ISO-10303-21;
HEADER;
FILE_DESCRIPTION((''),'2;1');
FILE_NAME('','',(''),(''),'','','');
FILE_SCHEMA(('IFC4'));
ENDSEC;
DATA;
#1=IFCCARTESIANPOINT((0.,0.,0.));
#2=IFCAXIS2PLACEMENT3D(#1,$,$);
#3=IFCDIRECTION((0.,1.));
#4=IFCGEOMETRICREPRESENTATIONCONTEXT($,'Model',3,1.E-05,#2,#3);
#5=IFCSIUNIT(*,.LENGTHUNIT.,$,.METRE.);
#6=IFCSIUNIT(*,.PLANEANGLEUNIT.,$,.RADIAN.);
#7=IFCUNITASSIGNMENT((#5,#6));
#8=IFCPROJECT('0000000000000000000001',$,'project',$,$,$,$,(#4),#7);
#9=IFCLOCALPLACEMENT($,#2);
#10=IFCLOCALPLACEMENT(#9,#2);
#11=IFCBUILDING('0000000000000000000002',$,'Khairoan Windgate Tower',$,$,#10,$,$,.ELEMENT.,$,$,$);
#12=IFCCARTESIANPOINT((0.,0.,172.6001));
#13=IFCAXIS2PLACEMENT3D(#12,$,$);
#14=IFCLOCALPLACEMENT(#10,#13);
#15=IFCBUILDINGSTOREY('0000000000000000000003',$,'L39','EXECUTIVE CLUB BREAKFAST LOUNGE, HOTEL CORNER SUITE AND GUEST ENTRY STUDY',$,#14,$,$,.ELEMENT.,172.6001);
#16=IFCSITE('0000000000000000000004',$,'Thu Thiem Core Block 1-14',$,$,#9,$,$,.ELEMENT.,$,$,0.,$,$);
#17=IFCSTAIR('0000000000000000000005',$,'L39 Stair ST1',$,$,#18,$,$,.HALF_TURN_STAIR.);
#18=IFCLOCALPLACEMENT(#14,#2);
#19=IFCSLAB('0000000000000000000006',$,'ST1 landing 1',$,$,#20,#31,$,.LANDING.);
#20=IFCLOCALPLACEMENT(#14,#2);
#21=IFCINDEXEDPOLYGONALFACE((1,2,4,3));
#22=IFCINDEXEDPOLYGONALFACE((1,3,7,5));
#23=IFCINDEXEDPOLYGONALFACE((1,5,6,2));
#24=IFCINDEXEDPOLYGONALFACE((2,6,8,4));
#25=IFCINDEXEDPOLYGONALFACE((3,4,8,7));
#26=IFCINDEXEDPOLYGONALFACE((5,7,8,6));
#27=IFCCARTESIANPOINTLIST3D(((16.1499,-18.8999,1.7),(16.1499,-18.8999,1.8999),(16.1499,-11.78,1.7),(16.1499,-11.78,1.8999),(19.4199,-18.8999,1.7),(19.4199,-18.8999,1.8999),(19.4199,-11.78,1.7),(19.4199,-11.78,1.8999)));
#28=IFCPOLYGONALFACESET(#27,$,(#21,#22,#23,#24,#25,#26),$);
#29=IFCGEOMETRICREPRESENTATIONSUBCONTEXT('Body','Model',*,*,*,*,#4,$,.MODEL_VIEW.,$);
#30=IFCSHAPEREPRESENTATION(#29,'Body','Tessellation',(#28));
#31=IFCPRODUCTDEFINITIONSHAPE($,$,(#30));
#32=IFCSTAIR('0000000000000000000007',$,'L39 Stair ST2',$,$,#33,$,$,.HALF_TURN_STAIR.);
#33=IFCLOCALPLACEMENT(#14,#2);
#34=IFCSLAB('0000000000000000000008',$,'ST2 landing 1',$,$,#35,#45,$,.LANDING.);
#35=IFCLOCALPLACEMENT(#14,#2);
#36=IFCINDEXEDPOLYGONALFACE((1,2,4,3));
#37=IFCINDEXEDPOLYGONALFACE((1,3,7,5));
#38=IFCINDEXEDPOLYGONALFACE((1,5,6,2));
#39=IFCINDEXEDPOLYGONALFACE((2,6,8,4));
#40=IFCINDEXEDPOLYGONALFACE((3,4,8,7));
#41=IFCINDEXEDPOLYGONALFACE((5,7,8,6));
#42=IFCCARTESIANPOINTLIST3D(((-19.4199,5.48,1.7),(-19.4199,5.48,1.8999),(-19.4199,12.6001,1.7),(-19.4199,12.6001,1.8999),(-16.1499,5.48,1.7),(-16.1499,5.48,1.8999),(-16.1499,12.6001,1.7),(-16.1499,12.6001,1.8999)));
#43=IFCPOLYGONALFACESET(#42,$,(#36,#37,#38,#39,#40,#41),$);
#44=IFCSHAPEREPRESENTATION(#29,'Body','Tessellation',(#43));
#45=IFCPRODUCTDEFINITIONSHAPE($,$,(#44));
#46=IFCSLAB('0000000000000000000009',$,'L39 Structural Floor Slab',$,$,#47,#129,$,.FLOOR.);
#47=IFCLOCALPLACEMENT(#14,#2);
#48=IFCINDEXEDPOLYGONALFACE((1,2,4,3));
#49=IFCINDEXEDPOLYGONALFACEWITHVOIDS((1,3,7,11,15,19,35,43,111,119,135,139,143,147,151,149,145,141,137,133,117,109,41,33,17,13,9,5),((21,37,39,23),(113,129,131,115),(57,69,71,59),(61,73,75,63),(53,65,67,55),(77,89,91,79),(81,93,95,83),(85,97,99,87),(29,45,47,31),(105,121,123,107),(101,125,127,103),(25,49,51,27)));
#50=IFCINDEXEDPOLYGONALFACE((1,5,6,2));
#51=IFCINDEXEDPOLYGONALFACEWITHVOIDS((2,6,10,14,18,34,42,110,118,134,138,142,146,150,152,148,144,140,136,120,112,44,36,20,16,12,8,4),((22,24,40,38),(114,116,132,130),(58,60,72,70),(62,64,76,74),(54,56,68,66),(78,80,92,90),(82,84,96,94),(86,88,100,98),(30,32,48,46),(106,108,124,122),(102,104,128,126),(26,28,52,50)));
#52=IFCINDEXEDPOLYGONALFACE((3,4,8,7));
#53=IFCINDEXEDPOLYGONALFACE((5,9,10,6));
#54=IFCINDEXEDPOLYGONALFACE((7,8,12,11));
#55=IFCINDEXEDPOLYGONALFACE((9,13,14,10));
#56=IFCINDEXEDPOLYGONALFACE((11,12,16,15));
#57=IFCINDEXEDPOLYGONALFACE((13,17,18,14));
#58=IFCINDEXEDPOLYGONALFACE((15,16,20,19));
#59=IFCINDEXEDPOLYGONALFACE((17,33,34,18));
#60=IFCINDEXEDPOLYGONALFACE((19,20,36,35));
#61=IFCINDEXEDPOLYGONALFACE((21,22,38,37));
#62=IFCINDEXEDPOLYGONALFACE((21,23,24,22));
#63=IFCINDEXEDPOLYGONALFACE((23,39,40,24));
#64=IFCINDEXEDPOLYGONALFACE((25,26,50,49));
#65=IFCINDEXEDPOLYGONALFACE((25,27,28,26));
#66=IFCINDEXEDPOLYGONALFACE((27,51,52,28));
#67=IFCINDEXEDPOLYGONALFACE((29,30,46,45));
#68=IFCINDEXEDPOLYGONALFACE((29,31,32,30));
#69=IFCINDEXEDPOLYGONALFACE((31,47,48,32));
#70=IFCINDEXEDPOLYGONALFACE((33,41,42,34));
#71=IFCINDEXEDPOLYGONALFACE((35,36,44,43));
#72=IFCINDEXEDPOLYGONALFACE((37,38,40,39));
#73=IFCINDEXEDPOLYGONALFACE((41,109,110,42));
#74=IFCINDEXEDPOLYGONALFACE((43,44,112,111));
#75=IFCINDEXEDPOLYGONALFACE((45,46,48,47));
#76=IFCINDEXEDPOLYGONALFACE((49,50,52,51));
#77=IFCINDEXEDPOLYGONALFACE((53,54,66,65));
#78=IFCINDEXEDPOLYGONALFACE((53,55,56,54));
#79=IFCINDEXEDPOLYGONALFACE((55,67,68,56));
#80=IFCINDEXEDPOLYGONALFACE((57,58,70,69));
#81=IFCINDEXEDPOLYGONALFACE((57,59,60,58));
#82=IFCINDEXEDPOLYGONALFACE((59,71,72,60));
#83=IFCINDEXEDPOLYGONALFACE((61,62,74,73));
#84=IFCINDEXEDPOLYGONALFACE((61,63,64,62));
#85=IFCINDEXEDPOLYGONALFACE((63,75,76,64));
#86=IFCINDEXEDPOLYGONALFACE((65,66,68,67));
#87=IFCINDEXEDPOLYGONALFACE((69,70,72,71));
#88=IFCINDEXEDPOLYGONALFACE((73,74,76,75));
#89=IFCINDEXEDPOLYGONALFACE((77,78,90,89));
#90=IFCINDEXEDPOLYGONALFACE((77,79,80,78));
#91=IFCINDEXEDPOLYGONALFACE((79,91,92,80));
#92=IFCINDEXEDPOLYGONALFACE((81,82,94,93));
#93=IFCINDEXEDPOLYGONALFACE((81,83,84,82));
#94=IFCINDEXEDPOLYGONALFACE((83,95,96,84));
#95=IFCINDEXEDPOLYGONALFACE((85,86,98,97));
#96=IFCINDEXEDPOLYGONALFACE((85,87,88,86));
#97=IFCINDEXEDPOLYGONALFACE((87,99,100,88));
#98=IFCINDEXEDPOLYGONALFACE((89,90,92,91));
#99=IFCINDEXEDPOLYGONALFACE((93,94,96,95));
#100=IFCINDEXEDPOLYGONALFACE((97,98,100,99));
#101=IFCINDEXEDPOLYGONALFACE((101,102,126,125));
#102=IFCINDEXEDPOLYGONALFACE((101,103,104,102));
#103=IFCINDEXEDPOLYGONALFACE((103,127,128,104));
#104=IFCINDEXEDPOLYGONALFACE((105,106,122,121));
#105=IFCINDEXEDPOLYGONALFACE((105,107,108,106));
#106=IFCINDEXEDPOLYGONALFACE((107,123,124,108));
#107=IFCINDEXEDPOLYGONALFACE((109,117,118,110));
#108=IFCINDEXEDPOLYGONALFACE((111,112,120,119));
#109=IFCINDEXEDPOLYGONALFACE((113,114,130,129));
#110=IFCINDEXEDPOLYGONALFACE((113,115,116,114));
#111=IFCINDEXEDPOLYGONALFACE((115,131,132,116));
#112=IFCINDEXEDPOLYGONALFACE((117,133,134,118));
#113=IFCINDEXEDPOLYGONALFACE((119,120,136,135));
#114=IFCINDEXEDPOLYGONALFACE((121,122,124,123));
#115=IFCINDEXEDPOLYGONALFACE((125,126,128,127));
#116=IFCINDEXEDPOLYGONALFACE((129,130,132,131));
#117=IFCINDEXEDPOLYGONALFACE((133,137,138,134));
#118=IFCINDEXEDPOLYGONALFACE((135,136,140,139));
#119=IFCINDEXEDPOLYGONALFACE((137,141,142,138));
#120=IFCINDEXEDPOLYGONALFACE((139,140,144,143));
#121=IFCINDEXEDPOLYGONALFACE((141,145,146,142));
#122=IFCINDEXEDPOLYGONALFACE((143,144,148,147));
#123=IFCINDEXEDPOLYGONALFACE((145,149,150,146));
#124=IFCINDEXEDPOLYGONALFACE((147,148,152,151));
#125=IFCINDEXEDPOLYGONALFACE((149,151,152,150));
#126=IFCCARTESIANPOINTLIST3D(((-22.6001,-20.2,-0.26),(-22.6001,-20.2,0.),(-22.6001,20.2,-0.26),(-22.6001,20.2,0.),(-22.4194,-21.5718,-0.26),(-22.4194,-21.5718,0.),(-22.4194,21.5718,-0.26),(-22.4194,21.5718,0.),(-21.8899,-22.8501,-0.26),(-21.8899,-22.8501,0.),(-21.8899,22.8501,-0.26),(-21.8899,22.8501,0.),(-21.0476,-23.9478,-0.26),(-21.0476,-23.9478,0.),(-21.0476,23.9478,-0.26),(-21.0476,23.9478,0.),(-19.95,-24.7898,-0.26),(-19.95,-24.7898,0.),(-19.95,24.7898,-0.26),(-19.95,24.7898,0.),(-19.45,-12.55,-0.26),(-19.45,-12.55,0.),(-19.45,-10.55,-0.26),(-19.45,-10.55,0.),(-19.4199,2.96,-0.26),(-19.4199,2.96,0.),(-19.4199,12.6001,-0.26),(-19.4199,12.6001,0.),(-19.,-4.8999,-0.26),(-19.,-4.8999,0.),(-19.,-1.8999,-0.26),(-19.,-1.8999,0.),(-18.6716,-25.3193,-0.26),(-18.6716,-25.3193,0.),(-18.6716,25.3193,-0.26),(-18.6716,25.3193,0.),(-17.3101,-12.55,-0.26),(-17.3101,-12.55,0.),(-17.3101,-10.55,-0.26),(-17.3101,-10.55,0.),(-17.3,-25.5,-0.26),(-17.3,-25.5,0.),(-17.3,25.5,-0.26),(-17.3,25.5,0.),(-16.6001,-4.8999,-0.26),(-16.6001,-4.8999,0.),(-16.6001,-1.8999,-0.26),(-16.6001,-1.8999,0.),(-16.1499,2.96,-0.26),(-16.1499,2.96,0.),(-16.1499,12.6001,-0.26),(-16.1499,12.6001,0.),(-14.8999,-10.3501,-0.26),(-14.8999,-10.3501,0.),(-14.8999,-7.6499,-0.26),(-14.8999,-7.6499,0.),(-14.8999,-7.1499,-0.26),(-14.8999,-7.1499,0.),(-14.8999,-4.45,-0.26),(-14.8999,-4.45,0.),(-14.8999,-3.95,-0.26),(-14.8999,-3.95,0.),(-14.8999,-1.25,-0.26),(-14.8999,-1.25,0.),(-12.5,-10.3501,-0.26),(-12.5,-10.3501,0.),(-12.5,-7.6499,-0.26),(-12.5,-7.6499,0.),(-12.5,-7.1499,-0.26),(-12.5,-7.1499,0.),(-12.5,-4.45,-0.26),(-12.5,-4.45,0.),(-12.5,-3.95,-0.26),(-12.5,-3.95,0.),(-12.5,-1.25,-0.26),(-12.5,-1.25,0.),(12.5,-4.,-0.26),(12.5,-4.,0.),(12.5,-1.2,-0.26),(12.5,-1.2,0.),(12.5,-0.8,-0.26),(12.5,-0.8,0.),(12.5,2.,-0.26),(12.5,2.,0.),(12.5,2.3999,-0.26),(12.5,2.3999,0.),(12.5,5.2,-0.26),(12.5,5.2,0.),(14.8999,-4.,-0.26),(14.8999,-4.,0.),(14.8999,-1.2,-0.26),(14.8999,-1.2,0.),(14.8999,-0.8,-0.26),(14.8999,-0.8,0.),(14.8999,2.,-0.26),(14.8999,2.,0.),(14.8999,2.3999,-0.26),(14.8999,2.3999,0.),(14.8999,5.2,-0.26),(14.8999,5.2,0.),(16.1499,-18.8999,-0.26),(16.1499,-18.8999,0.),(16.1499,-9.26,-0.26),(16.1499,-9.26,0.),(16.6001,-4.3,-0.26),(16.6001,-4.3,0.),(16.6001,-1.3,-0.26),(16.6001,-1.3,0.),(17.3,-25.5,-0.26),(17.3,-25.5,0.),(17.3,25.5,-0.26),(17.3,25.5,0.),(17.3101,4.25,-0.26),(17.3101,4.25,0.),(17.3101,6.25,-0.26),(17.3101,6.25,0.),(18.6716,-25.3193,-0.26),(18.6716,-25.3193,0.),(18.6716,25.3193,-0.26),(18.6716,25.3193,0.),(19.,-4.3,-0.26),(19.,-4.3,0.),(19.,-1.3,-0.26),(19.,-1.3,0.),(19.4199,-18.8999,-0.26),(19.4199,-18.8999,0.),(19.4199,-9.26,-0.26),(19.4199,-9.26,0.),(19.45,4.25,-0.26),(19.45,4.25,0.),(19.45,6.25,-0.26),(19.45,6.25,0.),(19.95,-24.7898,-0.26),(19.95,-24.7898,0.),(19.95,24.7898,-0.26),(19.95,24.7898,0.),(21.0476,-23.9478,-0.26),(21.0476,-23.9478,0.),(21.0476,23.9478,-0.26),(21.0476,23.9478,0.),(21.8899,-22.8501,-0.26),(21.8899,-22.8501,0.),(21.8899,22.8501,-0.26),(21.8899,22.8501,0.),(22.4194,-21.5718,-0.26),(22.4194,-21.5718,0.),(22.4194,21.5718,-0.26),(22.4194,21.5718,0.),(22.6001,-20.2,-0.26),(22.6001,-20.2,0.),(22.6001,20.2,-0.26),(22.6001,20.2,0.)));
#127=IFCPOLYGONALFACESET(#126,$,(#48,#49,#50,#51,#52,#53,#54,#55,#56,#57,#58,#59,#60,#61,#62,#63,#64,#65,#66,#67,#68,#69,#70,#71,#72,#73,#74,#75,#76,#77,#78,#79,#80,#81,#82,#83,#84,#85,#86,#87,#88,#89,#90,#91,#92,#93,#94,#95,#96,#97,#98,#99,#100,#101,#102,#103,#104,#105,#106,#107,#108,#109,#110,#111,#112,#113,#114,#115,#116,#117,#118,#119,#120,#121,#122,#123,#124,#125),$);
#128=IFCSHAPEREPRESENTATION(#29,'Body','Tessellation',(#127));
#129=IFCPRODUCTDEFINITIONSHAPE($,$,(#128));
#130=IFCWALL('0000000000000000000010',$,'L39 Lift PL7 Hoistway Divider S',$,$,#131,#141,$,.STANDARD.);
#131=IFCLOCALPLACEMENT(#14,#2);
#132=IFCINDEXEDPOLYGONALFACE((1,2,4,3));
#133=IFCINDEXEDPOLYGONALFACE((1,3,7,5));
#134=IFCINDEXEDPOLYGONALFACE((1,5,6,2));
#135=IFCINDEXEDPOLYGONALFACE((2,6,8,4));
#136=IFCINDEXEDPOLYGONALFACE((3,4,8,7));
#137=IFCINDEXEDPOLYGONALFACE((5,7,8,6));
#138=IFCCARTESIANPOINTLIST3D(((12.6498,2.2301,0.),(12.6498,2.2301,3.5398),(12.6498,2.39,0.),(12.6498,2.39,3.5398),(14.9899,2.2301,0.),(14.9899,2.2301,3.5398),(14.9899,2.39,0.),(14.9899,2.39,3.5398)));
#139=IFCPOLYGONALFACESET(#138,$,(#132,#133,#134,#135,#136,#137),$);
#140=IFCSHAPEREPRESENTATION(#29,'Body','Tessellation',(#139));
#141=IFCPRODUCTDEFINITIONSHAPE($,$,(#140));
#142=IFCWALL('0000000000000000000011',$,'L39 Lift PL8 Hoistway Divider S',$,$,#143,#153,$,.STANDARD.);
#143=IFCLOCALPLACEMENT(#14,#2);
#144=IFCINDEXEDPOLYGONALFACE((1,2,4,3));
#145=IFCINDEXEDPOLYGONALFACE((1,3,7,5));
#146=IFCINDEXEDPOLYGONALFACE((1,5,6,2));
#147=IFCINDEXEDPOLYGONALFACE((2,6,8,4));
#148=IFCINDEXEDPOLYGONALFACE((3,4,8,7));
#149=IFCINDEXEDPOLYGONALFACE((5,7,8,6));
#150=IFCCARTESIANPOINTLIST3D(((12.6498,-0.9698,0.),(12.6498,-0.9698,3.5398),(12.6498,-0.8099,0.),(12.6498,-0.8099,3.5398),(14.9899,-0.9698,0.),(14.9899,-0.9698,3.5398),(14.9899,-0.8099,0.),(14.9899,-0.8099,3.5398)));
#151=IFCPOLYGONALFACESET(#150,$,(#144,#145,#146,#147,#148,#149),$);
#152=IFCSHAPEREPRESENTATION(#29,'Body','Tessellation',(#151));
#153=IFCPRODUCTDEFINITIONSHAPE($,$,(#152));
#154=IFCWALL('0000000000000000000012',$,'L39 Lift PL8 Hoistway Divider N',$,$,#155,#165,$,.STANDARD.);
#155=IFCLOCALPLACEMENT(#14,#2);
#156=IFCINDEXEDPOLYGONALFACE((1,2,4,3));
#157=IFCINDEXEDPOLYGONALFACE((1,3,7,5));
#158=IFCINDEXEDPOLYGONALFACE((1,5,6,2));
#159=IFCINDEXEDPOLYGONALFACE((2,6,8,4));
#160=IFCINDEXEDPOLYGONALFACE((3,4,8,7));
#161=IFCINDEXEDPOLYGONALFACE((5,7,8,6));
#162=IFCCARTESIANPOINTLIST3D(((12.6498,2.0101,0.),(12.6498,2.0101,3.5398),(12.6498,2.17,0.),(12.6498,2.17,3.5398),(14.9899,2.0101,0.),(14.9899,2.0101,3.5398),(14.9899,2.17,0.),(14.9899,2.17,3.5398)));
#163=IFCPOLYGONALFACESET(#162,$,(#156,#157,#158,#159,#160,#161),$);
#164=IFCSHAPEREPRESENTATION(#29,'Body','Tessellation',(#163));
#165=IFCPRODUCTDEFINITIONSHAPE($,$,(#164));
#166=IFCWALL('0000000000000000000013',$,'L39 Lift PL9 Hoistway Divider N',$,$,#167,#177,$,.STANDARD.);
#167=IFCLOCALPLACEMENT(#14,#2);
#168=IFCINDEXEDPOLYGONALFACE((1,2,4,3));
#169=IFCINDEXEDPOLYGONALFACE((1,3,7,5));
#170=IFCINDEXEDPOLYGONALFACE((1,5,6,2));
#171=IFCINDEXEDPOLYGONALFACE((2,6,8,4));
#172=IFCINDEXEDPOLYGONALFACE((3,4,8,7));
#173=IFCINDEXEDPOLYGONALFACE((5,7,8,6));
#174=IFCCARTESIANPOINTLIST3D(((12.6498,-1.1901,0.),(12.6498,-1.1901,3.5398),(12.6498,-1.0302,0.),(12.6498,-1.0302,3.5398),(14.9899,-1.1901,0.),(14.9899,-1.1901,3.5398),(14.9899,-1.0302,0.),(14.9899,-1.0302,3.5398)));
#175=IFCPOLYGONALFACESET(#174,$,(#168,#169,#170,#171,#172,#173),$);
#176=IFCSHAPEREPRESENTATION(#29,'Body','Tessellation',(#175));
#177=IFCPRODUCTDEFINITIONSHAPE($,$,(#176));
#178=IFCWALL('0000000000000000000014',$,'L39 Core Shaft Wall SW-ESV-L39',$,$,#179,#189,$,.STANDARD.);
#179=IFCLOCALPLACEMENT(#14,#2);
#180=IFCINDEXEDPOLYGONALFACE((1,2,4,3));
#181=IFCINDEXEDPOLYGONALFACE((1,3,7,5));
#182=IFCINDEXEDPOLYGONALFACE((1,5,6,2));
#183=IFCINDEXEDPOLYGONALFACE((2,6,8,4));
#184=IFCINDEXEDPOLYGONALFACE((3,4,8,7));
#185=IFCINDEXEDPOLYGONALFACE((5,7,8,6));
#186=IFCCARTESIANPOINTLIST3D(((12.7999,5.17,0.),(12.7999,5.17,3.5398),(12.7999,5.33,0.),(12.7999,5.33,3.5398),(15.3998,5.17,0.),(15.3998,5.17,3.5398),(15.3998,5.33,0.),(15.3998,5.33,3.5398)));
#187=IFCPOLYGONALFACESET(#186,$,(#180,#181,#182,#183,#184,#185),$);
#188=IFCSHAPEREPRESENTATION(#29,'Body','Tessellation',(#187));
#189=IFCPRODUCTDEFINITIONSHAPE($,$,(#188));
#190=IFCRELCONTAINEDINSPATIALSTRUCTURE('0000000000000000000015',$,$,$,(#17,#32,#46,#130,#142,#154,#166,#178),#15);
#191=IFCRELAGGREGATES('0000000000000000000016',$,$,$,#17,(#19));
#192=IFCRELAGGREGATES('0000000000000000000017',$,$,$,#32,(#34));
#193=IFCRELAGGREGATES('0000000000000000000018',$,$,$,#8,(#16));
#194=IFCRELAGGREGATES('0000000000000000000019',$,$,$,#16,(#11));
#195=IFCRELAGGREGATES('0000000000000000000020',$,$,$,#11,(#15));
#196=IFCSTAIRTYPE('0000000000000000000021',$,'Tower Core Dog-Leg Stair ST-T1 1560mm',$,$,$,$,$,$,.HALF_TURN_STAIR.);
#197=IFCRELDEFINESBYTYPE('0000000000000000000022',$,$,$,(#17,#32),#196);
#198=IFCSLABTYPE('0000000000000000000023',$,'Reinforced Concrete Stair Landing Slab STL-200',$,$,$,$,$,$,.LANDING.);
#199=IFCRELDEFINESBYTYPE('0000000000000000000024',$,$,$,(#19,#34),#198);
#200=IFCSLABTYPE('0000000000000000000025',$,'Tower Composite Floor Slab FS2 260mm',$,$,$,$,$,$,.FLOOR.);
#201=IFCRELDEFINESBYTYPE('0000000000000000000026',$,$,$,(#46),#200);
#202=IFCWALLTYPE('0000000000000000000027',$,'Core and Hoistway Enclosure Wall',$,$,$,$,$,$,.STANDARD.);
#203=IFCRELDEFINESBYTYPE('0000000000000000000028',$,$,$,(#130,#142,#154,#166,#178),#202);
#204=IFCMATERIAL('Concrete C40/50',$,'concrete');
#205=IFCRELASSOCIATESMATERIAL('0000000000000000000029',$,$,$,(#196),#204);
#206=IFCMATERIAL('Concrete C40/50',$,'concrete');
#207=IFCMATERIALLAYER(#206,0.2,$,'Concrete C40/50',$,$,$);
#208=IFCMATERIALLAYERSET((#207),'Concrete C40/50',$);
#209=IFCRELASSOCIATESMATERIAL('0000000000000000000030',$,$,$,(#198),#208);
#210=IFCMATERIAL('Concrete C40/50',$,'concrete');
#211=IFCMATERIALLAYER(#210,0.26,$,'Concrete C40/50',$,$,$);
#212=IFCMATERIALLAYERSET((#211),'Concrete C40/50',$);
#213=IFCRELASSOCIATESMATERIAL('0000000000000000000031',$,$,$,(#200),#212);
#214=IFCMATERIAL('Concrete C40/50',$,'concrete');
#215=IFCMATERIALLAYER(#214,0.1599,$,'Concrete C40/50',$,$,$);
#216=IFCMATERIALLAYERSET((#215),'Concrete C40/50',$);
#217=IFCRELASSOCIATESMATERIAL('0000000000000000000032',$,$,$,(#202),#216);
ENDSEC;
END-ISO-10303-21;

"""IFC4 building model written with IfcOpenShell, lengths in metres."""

from ifc_helpers import new_model, si_unit, direction, frame, frame_2d, origin, place, context, subcontext, project, spatial, polyline, rectangle, outline, extrude, material, layer, layer_set, type_object, element, aggregate, save


model = new_model("IFC4")

# Units and contexts
model_context = context("Model", 3, precision=1e-05, world=origin(), true_north=direction((0.0, 1.0)))
body_context = subcontext(model_context, "Body", "Model", "MODEL_VIEW")
ifc_project = project(units=[si_unit("LENGTHUNIT", "METRE"), si_unit("PLANEANGLEUNIT", "RADIAN")], contexts=[model_context])

# Site, building, storey
site_placement = place(None, origin())
site = spatial("IfcSite", under=ifc_project, at=site_placement, Name="Thu Thiem Core Block 1-14", CompositionType="ELEMENT", RefElevation=0.0)
building_placement = place(site_placement, origin())
building = spatial("IfcBuilding", under=site, at=building_placement, Name="Khairoan Windgate Tower", CompositionType="ELEMENT")
storey_placement = place(building_placement, frame((0.0, 0.0, 172.6001)))
storey = spatial("IfcBuildingStorey", under=building, at=storey_placement, Name="L39", Description="EXECUTIVE CLUB BREAKFAST LOUNGE, HOTEL CORNER SUITE AND GUEST ENTRY STUDY", CompositionType="ELEMENT", Elevation=172.6001)

# Stairs, slabs
ifc_material_1 = material(Name="Concrete C40/50", Category="concrete")
stair_type = type_object("IfcStairType", Name="Tower Core Dog-Leg Stair ST-T1 1560mm", PredefinedType="HALF_TURN_STAIR", material=ifc_material_1)
stair_1_placement = place(storey_placement, origin())
stair_1 = element("IfcStair", 1, at=stair_1_placement, inside=storey, type_object=stair_type, Name="L39 Stair ST1", PredefinedType="HALF_TURN_STAIR")
ifc_material_2 = material(Name="Concrete C40/50", Category="concrete")
ifc_layer_1 = layer(ifc_material_2, 0.2, Name="Concrete C40/50")
ifc_layer_set_1 = layer_set([ifc_layer_1], Name="Concrete C40/50")
slab_type_1 = type_object("IfcSlabType", Name="Reinforced Concrete Stair Landing Slab STL-200", PredefinedType="LANDING", material=ifc_layer_set_1)
slab_1_placement = place(storey_placement, frame((0.0, 0.0, 1.7)))
slab_1 = element("IfcSlab", 2, at=slab_1_placement, type_object=slab_type_1, Name="ST1 landing 1", PredefinedType="LANDING", context=body_context, shape_type="SweptSolid", body=[
    extrude(outline(polyline([(16.1499, -11.78), (16.1499, -18.8999), (19.4199, -18.8999), (19.4199, -11.78), (16.1499, -11.78)])), origin(), (0.0, 0.0, 1.0), 0.2),
])
aggregate(stair_1, [slab_1])
stair_2_placement = place(storey_placement, origin())
stair_2 = element("IfcStair", 3, at=stair_2_placement, inside=storey, type_object=stair_type, Name="L39 Stair ST2", PredefinedType="HALF_TURN_STAIR")
slab_2_placement = place(storey_placement, frame((0.0, 0.0, 1.7)))
slab_2 = element("IfcSlab", 4, at=slab_2_placement, type_object=slab_type_1, Name="ST2 landing 1", PredefinedType="LANDING", context=body_context, shape_type="SweptSolid", body=[
    extrude(outline(polyline([(-16.1499, 5.48), (-16.1499, 12.6001), (-19.4199, 12.6001), (-19.4199, 5.48), (-16.1499, 5.48)])), origin(), (0.0, 0.0, 1.0), 0.2),
])
aggregate(stair_2, [slab_2])

# Slab
ifc_material_3 = material(Name="Concrete C40/50", Category="concrete")
ifc_layer_2 = layer(ifc_material_3, 0.26, Name="Concrete C40/50")
ifc_layer_set_2 = layer_set([ifc_layer_2], Name="Concrete C40/50")
slab_type_2 = type_object("IfcSlabType", Name="Tower Composite Floor Slab FS2 260mm", PredefinedType="FLOOR", material=ifc_layer_set_2)
slab_3_placement = place(storey_placement, frame((0.0, 0.0, -0.26)))
element("IfcSlab", 5, at=slab_3_placement, inside=storey, type_object=slab_type_2, Name="L39 Structural Floor Slab", PredefinedType="FLOOR", context=body_context, shape_type="SweptSolid", body=[
    extrude(outline(polyline([(17.3, -25.5), (18.6716, -25.3193), (19.95, -24.7898), (21.0476, -23.9478), (21.8899, -22.8501), (22.4194, -21.5718), (22.6001, -20.2), (22.6001, 20.2), (22.4194, 21.5718), (21.8899, 22.8501), (21.0476, 23.9478), (19.95, 24.7898), (18.6716, 25.3193), (17.3, 25.5), (-17.3, 25.5), (-18.6716, 25.3193), (-19.95, 24.7898), (-21.0476, 23.9478), (-21.8899, 22.8501), (-22.4194, 21.5718), (-22.6001, 20.2), (-22.6001, -20.2), (-22.4194, -21.5718), (-21.8899, -22.8501), (-21.0476, -23.9478), (-19.95, -24.7898), (-18.6716, -25.3193), (-17.3, -25.5), (17.3, -25.5)]), holes=[polyline([(16.1499, -9.26), (16.1499, -18.8999), (19.4199, -18.8999), (19.4199, -9.26), (16.1499, -9.26)]), polyline([(-16.1499, 2.96), (-16.1499, 12.6001), (-19.4199, 12.6001), (-19.4199, 2.96), (-16.1499, 2.96)]), polyline([(-14.8999, -3.95), (-12.5, -3.95), (-12.5, -1.25), (-14.8999, -1.25), (-14.8999, -3.95)]), polyline([(-14.8999, -7.1499), (-12.5, -7.1499), (-12.5, -4.45), (-14.8999, -4.45), (-14.8999, -7.1499)]), polyline([(-14.8999, -10.3501), (-12.5, -10.3501), (-12.5, -7.6499), (-14.8999, -7.6499), (-14.8999, -10.3501)]), polyline([(12.5, 2.3999), (14.8999, 2.3999), (14.8999, 5.2), (12.5, 5.2), (12.5, 2.3999)]), polyline([(12.5, -0.8), (14.8999, -0.8), (14.8999, 2.0), (12.5, 2.0), (12.5, -0.8)]), polyline([(12.5, -4.0), (14.8999, -4.0), (14.8999, -1.2), (12.5, -1.2), (12.5, -4.0)]), polyline([(16.6001, -4.3), (19.0, -4.3), (19.0, -1.3), (16.6001, -1.3), (16.6001, -4.3)]), polyline([(-19.0, -4.8999), (-16.6001, -4.8999), (-16.6001, -1.8999), (-19.0, -1.8999), (-19.0, -4.8999)]), polyline([(-19.45, -12.55), (-17.3101, -12.55), (-17.3101, -10.55), (-19.45, -10.55), (-19.45, -12.55)]), polyline([(17.3101, 4.25), (19.45, 4.25), (19.45, 6.25), (17.3101, 6.25), (17.3101, 4.25)])]), origin(), (0.0, 0.0, 1.0), 0.26),
])

# Walls
ifc_material_4 = material(Name="Concrete C40/50", Category="concrete")
ifc_layer_3 = layer(ifc_material_4, 0.1599, Name="Concrete C40/50")
ifc_layer_set_3 = layer_set([ifc_layer_3], Name="Concrete C40/50")
wall_type_1 = type_object("IfcWallType", Name="Core and Hoistway Enclosure Wall", PredefinedType="STANDARD", material=ifc_layer_set_3)
for number, where, z_axis, x_axis, name in (
    (6, (12.6499, 2.3101, 0.0), (0.0, 0.0, 1.0), (1.0, 0.0, 0.0), "L39 Lift PL7 Hoistway Divider S"),
    (7, (12.6499, -0.8899, 0.0), (0.0, 0.0, 1.0), (1.0, 0.0, 0.0), "L39 Lift PL8 Hoistway Divider S"),
    (8, (12.6499, 2.0901, 0.0), (0.0, 0.0, 1.0), (1.0, 0.0, 0.0), "L39 Lift PL8 Hoistway Divider N"),
    (9, (12.6499, -1.1101, 0.0), (0.0, 0.0, 1.0), (1.0, 0.0, 0.0), "L39 Lift PL9 Hoistway Divider N"),
):
    element("IfcWall", number, at=place(storey_placement, frame(where, z_axis=z_axis, x_axis=x_axis)), inside=storey, type_object=wall_type_1, Name=name, PredefinedType="STANDARD", context=body_context, shape_type="SweptSolid", body=[
        extrude(rectangle(XDim=2.3401, YDim=0.1599, at=frame_2d((1.1699, 0.0))), origin(), (0.0, 0.0, 1.0), 3.5398),
    ])
wall_1_placement = place(storey_placement, frame((12.8, 5.25, 0.0), z_axis=(0.0, 0.0, 1.0), x_axis=(1.0, 0.0, 0.0)))
element("IfcWall", 10, at=wall_1_placement, inside=storey, type_object=wall_type_1, Name="L39 Core Shaft Wall SW-ESV-L39", PredefinedType="STANDARD", context=body_context, shape_type="SweptSolid", body=[
    extrude(rectangle(XDim=2.5999, YDim=0.1599, at=frame_2d((1.2998, 0.0))), origin(), (0.0, 0.0, 1.0), 3.5398),
])

save(model, "model.ifc")
